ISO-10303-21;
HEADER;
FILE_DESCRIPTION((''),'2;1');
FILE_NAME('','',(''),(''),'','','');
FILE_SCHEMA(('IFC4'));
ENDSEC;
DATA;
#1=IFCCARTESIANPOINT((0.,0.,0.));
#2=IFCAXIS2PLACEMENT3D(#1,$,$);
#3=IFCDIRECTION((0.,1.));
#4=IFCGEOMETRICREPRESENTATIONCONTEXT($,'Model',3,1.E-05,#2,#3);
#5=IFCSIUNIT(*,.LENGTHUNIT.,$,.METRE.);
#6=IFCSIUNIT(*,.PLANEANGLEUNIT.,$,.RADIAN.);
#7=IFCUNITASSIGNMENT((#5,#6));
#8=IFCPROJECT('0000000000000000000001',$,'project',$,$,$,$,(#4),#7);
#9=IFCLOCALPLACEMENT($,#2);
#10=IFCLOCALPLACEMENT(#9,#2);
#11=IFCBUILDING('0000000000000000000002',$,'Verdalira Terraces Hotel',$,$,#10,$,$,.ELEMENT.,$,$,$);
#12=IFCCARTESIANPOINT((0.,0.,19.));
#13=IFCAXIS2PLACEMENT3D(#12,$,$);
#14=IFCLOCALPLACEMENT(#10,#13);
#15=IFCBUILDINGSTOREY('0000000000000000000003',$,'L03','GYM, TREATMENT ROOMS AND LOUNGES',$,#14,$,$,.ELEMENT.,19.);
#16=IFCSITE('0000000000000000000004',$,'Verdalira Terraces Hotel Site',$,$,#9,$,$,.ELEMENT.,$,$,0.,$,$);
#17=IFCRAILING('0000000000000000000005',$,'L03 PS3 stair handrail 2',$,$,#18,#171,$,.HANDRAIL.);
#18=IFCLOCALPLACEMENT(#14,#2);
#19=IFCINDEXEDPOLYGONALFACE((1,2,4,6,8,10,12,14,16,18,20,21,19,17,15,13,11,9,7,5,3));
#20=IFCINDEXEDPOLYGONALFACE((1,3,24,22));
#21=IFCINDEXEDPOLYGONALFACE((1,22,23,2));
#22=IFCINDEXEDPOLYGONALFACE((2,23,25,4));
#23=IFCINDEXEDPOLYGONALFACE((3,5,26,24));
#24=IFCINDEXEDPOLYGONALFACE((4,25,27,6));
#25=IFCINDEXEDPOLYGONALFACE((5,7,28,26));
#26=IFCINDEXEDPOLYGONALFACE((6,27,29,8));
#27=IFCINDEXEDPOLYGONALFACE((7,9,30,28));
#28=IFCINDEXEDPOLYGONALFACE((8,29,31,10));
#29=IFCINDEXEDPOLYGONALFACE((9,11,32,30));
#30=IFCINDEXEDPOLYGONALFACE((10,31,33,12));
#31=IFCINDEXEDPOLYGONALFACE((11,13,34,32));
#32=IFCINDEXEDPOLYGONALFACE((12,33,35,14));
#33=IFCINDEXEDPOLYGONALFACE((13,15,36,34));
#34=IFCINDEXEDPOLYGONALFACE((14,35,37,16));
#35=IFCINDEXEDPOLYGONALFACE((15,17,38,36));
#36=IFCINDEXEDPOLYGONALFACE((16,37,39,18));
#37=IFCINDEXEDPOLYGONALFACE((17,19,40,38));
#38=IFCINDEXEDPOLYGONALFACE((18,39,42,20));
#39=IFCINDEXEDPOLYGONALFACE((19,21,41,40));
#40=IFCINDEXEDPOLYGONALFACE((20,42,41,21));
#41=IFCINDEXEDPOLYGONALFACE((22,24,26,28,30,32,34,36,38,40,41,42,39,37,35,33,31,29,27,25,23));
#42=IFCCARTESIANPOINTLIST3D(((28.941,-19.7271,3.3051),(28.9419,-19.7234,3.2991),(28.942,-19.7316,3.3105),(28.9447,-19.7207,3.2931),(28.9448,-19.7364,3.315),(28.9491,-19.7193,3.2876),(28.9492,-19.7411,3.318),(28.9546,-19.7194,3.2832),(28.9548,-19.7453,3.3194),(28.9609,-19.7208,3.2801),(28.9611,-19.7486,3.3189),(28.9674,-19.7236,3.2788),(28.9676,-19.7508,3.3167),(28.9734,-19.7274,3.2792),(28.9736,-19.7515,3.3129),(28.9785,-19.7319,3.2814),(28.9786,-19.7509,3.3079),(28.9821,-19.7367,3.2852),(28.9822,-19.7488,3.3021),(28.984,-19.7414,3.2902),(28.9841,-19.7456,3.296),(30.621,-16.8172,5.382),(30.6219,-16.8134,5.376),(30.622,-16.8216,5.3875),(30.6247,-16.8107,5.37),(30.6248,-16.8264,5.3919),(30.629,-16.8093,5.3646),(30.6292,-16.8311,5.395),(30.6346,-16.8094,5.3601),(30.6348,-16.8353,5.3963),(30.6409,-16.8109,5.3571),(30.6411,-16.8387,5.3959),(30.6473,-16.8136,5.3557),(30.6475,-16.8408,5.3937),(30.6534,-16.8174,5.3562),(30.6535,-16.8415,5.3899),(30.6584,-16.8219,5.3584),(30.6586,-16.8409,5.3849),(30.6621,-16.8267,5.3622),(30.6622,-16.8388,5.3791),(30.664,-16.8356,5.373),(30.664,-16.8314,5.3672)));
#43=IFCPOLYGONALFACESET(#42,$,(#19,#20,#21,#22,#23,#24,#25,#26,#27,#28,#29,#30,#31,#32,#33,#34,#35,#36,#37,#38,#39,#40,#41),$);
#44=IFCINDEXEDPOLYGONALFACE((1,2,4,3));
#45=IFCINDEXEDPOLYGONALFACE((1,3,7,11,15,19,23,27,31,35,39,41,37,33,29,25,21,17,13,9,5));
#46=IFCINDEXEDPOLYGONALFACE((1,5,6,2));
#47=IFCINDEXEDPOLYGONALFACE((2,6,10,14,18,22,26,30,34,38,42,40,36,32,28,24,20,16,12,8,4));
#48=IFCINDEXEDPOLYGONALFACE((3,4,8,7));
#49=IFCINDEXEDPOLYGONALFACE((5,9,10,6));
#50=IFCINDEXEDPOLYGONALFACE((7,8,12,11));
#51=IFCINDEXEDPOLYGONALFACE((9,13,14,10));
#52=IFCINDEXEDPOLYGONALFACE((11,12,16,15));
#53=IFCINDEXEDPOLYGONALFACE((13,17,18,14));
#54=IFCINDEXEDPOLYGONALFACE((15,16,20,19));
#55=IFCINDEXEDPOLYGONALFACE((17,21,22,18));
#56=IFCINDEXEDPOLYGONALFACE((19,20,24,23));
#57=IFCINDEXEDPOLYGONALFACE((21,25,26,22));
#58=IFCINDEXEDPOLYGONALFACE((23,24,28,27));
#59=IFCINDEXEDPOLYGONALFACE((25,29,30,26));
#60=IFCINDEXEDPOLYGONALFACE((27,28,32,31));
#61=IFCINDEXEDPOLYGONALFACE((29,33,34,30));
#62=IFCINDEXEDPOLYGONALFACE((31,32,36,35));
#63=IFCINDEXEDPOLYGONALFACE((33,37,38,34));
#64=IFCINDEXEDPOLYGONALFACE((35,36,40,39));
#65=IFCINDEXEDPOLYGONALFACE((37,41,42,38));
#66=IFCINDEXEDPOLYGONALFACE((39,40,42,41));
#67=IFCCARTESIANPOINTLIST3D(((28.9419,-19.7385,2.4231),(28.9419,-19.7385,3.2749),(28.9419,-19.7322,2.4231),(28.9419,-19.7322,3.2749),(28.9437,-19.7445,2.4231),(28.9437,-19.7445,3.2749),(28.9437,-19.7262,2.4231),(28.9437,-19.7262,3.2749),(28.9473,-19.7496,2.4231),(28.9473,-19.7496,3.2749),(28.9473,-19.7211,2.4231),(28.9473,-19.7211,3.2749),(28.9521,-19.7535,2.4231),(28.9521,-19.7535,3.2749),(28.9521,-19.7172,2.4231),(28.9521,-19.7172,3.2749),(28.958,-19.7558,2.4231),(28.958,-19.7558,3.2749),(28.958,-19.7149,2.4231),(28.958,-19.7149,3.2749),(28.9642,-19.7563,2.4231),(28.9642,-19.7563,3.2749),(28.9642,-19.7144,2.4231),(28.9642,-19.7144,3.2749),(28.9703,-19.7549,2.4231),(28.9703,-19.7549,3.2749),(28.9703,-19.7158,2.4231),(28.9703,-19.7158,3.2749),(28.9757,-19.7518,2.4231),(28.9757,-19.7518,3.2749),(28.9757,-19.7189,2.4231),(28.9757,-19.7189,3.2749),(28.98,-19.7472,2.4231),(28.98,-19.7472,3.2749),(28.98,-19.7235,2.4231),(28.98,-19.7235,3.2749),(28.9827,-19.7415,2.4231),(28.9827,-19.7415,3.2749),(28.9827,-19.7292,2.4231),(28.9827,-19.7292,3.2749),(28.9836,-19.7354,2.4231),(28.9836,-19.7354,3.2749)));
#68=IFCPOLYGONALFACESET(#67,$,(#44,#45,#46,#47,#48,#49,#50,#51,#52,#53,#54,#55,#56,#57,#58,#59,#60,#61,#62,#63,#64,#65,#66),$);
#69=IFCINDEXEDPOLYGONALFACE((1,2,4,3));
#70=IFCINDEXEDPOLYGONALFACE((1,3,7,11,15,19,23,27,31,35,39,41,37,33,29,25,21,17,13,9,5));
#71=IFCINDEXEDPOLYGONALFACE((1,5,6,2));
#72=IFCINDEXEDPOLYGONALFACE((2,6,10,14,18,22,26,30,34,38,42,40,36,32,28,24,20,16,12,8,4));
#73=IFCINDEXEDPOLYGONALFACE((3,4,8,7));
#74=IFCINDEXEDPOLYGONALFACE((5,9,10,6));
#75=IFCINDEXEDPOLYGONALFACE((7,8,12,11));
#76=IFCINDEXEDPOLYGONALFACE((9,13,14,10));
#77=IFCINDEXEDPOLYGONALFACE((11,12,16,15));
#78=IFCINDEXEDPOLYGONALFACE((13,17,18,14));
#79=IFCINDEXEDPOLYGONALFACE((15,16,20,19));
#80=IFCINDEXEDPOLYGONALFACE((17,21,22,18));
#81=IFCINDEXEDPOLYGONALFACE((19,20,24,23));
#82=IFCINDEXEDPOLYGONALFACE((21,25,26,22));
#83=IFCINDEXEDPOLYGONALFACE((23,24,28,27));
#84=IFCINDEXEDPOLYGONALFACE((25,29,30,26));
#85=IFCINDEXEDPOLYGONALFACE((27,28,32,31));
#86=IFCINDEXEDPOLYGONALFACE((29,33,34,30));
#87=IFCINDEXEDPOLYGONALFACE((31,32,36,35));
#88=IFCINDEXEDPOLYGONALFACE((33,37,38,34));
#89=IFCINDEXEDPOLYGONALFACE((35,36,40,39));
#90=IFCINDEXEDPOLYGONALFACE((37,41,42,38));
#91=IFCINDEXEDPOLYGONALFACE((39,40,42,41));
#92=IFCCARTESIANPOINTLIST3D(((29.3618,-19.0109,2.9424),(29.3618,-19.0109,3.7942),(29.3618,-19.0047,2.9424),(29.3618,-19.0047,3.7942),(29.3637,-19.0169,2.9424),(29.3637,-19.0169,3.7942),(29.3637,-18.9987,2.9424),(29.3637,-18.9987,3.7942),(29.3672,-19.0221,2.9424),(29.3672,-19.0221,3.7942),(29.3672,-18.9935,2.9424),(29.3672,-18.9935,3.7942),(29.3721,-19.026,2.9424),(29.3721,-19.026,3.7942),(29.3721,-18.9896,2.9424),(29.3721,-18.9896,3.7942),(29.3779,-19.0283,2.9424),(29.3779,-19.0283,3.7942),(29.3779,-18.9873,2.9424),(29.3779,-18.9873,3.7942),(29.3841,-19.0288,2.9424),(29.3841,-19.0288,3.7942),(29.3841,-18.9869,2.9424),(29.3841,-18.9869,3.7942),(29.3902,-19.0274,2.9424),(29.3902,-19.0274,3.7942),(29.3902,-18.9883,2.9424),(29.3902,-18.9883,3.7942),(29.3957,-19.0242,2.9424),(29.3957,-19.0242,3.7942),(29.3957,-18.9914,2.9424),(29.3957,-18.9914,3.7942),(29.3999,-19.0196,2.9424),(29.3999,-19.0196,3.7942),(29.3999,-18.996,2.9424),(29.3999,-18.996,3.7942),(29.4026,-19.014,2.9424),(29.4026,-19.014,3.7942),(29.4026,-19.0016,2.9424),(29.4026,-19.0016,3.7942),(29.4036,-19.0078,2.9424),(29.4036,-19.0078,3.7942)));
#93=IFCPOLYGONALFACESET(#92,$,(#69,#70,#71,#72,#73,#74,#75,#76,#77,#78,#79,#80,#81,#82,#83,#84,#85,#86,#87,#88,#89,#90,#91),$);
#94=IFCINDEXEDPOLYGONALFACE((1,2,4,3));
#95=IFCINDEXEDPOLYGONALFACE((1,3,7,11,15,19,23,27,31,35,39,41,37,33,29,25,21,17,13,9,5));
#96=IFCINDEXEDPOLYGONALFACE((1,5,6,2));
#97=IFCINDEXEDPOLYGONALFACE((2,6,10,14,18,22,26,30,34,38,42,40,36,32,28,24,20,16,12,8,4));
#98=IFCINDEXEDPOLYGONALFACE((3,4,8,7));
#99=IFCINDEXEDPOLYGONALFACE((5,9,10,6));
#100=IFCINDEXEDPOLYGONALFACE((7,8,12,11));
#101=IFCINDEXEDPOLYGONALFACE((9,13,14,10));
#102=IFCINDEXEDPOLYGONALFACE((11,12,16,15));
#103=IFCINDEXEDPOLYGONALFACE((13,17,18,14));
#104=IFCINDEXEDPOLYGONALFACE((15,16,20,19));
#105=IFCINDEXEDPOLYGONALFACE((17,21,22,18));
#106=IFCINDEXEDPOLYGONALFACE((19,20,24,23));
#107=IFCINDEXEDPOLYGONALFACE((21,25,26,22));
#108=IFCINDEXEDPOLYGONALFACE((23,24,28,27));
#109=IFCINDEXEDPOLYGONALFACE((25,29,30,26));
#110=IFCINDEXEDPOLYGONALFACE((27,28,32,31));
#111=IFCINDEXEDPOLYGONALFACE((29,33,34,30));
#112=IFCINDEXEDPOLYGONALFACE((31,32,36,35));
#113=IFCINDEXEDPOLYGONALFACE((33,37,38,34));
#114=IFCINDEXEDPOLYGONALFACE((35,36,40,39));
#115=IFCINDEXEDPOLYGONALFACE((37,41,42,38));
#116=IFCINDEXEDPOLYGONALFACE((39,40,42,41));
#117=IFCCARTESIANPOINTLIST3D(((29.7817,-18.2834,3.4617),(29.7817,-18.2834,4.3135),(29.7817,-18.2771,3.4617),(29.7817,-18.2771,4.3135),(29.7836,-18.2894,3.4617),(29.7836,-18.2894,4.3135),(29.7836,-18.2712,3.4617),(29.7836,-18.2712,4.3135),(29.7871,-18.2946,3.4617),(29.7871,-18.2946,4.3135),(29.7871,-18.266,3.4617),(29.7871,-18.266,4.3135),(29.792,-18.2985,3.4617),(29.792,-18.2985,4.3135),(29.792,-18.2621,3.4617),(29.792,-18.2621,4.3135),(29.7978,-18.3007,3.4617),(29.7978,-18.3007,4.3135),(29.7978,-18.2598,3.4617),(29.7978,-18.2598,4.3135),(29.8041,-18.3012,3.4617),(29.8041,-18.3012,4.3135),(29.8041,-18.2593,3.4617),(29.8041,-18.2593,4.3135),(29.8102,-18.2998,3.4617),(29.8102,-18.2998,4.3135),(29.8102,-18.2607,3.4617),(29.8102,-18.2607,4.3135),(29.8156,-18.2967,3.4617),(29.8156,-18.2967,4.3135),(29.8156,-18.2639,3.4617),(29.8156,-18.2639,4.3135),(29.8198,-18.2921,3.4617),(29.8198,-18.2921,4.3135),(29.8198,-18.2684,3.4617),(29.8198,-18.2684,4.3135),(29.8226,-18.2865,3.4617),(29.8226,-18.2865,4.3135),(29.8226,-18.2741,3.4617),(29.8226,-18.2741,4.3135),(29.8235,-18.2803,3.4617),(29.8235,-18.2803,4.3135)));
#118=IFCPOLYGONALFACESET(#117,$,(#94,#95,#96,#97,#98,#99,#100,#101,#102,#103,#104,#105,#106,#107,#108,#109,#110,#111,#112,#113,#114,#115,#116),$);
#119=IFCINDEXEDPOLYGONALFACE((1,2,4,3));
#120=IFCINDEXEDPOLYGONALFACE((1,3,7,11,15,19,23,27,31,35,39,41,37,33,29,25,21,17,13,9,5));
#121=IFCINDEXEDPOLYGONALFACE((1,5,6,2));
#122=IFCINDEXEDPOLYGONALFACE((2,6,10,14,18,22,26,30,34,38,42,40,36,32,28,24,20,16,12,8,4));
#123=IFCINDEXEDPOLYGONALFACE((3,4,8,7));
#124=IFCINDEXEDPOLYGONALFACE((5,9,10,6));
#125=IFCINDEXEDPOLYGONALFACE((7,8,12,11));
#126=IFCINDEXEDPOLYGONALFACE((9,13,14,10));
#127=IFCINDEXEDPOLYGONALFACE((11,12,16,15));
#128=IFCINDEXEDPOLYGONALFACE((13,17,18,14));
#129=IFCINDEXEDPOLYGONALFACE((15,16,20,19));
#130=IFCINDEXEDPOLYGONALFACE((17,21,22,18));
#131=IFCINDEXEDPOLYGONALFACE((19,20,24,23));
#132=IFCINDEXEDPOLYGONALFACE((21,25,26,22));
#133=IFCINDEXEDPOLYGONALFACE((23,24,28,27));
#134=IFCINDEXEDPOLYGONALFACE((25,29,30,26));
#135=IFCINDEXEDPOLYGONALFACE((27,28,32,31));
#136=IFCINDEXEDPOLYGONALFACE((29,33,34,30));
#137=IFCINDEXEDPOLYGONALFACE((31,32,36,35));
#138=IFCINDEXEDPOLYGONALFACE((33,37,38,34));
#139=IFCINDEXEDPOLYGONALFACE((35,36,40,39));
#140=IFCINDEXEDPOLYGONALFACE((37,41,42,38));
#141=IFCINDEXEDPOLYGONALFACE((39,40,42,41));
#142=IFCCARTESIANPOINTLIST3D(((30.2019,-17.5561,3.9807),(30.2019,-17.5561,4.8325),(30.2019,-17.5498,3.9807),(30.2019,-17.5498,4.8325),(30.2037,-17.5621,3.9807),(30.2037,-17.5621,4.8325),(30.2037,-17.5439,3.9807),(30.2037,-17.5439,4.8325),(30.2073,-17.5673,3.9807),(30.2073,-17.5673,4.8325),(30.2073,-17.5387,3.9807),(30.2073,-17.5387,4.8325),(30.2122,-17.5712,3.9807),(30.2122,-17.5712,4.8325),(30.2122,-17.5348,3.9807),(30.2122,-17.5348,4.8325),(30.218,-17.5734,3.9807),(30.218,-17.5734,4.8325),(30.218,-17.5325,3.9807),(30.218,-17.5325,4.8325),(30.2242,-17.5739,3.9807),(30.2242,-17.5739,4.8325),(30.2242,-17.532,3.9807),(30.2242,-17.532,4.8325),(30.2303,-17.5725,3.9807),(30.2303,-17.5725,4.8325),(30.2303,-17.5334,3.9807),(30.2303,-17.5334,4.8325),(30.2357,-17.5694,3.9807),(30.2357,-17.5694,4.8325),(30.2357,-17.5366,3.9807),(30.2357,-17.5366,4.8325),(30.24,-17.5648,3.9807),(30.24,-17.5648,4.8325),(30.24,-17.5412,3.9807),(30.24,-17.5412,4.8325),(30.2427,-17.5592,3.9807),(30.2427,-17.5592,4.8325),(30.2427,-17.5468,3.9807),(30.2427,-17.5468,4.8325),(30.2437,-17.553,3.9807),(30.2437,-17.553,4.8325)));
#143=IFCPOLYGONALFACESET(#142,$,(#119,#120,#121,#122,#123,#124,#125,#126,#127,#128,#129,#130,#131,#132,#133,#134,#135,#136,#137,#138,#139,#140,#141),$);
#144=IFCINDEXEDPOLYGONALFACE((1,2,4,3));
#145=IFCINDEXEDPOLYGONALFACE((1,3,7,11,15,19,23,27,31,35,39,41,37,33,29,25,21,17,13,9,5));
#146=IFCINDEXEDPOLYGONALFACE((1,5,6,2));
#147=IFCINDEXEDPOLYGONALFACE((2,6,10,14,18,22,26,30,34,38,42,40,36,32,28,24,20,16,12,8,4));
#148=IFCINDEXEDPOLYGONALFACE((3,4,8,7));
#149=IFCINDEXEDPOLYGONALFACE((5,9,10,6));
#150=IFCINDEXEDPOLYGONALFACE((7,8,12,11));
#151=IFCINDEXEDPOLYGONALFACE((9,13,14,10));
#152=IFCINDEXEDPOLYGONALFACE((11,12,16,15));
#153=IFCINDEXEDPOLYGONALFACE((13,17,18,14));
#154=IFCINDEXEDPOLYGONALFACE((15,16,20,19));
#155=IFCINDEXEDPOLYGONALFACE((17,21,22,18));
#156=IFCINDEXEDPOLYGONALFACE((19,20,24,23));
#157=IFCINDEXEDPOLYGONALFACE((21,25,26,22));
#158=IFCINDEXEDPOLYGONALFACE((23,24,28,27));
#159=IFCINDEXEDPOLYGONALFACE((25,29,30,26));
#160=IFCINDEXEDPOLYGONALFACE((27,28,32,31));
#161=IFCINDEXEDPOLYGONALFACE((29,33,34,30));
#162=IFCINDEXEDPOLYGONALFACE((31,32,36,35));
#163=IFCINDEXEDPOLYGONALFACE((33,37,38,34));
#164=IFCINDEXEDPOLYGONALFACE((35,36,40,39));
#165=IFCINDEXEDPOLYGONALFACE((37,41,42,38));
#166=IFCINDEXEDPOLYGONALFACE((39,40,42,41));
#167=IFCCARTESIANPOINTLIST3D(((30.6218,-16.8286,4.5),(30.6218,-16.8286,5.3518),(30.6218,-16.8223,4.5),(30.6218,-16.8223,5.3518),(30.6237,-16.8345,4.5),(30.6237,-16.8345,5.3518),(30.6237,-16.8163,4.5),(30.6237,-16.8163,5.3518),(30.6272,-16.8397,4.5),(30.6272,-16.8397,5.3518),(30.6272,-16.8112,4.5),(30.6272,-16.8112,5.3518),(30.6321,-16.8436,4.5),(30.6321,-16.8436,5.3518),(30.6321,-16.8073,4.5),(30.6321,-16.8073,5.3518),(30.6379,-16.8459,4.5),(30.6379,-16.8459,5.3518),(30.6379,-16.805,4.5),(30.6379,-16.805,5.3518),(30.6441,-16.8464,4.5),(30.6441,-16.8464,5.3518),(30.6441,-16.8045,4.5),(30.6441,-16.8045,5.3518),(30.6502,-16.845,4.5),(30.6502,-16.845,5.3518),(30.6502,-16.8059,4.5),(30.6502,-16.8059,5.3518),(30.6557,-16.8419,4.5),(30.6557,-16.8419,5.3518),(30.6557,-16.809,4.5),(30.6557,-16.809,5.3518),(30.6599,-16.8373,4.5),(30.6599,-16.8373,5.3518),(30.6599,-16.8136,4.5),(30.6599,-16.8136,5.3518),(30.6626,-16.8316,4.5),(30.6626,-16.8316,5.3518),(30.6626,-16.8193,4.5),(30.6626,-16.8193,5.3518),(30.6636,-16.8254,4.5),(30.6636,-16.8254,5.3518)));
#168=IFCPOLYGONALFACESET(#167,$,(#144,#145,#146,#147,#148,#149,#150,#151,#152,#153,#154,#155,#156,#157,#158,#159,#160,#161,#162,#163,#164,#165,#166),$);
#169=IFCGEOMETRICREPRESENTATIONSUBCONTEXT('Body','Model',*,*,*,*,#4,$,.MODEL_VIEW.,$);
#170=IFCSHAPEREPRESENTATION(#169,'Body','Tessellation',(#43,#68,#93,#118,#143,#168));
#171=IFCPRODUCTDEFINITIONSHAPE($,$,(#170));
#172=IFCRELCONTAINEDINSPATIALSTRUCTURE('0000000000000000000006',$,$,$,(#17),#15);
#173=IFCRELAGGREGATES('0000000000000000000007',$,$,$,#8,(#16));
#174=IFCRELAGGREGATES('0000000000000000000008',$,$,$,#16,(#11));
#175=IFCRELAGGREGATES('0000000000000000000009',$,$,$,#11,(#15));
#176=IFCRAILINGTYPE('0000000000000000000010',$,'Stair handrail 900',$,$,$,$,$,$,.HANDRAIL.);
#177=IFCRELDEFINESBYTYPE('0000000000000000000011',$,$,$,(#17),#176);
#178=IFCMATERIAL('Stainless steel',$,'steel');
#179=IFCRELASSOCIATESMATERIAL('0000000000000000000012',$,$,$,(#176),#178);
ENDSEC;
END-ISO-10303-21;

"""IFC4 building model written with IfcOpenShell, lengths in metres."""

from ifc_helpers import new_model, si_unit, direction, frame, origin, origin_2d, place, context, subcontext, project, spatial, circle, extrude, material, type_object, element, save


model = new_model("IFC4")

# Units and contexts
model_context = context("Model", 3, precision=1e-05, world=origin(), true_north=direction((0.0, 1.0)))
body_context = subcontext(model_context, "Body", "Model", "MODEL_VIEW")
ifc_project = project(units=[si_unit("LENGTHUNIT", "METRE"), si_unit("PLANEANGLEUNIT", "RADIAN")], contexts=[model_context])

# Site, building, storey
site_placement = place(None, origin())
site = spatial("IfcSite", under=ifc_project, at=site_placement, Name="Verdalira Terraces Hotel Site", CompositionType="ELEMENT", RefElevation=0.0)
building_placement = place(site_placement, origin())
building = spatial("IfcBuilding", under=site, at=building_placement, Name="Verdalira Terraces Hotel", CompositionType="ELEMENT")
storey_placement = place(building_placement, frame((0.0, 0.0, 19.0)))
storey = spatial("IfcBuildingStorey", under=building, at=storey_placement, Name="L03", Description="GYM, TREATMENT ROOMS AND LOUNGES", CompositionType="ELEMENT", Elevation=19.0)

# Railing
ifc_material_1 = material(Name="Stainless steel", Category="steel")
railing_type_1 = type_object("IfcRailingType", Name="Stair handrail 900", PredefinedType="HANDRAIL", material=ifc_material_1)
railing_1_placement = place(storey_placement, frame((28.9626, -19.7354, 2.4231)))
element("IfcRailing", 1, at=railing_1_placement, inside=storey, type_object=railing_type_1, Name="L03 PS3 stair handrail 2", PredefinedType="HANDRAIL", context=body_context, shape_type="SweptSolid", body=[
    extrude(circle(Radius=0.0239, at=origin_2d()), frame((0.0, 0.0, 0.876), z_axis=(0.425288, 0.736668, 0.525785), x_axis=(-0.866039, 0.499976, 0.0)), (0.0, 0.0, 1.0), 3.9502),
    extrude(circle(Radius=0.021, at=origin_2d()), origin(), (0.0, 0.0, 1.0), 0.8518),
    extrude(circle(Radius=0.021, at=origin_2d()), frame((0.4199, 0.7275, 0.5193)), (0.0, 0.0, 1.0), 0.8518),
    extrude(circle(Radius=0.021, at=origin_2d()), frame((0.8398, 1.4551, 1.0386)), (0.0, 0.0, 1.0), 0.8518),
    extrude(circle(Radius=0.021, at=origin_2d()), frame((1.26, 2.1824, 1.5576)), (0.0, 0.0, 1.0), 0.8518),
    extrude(circle(Radius=0.021, at=origin_2d()), frame((1.6799, 2.9099, 2.0769)), (0.0, 0.0, 1.0), 0.8518),
])

save(model, "model.ifc")
